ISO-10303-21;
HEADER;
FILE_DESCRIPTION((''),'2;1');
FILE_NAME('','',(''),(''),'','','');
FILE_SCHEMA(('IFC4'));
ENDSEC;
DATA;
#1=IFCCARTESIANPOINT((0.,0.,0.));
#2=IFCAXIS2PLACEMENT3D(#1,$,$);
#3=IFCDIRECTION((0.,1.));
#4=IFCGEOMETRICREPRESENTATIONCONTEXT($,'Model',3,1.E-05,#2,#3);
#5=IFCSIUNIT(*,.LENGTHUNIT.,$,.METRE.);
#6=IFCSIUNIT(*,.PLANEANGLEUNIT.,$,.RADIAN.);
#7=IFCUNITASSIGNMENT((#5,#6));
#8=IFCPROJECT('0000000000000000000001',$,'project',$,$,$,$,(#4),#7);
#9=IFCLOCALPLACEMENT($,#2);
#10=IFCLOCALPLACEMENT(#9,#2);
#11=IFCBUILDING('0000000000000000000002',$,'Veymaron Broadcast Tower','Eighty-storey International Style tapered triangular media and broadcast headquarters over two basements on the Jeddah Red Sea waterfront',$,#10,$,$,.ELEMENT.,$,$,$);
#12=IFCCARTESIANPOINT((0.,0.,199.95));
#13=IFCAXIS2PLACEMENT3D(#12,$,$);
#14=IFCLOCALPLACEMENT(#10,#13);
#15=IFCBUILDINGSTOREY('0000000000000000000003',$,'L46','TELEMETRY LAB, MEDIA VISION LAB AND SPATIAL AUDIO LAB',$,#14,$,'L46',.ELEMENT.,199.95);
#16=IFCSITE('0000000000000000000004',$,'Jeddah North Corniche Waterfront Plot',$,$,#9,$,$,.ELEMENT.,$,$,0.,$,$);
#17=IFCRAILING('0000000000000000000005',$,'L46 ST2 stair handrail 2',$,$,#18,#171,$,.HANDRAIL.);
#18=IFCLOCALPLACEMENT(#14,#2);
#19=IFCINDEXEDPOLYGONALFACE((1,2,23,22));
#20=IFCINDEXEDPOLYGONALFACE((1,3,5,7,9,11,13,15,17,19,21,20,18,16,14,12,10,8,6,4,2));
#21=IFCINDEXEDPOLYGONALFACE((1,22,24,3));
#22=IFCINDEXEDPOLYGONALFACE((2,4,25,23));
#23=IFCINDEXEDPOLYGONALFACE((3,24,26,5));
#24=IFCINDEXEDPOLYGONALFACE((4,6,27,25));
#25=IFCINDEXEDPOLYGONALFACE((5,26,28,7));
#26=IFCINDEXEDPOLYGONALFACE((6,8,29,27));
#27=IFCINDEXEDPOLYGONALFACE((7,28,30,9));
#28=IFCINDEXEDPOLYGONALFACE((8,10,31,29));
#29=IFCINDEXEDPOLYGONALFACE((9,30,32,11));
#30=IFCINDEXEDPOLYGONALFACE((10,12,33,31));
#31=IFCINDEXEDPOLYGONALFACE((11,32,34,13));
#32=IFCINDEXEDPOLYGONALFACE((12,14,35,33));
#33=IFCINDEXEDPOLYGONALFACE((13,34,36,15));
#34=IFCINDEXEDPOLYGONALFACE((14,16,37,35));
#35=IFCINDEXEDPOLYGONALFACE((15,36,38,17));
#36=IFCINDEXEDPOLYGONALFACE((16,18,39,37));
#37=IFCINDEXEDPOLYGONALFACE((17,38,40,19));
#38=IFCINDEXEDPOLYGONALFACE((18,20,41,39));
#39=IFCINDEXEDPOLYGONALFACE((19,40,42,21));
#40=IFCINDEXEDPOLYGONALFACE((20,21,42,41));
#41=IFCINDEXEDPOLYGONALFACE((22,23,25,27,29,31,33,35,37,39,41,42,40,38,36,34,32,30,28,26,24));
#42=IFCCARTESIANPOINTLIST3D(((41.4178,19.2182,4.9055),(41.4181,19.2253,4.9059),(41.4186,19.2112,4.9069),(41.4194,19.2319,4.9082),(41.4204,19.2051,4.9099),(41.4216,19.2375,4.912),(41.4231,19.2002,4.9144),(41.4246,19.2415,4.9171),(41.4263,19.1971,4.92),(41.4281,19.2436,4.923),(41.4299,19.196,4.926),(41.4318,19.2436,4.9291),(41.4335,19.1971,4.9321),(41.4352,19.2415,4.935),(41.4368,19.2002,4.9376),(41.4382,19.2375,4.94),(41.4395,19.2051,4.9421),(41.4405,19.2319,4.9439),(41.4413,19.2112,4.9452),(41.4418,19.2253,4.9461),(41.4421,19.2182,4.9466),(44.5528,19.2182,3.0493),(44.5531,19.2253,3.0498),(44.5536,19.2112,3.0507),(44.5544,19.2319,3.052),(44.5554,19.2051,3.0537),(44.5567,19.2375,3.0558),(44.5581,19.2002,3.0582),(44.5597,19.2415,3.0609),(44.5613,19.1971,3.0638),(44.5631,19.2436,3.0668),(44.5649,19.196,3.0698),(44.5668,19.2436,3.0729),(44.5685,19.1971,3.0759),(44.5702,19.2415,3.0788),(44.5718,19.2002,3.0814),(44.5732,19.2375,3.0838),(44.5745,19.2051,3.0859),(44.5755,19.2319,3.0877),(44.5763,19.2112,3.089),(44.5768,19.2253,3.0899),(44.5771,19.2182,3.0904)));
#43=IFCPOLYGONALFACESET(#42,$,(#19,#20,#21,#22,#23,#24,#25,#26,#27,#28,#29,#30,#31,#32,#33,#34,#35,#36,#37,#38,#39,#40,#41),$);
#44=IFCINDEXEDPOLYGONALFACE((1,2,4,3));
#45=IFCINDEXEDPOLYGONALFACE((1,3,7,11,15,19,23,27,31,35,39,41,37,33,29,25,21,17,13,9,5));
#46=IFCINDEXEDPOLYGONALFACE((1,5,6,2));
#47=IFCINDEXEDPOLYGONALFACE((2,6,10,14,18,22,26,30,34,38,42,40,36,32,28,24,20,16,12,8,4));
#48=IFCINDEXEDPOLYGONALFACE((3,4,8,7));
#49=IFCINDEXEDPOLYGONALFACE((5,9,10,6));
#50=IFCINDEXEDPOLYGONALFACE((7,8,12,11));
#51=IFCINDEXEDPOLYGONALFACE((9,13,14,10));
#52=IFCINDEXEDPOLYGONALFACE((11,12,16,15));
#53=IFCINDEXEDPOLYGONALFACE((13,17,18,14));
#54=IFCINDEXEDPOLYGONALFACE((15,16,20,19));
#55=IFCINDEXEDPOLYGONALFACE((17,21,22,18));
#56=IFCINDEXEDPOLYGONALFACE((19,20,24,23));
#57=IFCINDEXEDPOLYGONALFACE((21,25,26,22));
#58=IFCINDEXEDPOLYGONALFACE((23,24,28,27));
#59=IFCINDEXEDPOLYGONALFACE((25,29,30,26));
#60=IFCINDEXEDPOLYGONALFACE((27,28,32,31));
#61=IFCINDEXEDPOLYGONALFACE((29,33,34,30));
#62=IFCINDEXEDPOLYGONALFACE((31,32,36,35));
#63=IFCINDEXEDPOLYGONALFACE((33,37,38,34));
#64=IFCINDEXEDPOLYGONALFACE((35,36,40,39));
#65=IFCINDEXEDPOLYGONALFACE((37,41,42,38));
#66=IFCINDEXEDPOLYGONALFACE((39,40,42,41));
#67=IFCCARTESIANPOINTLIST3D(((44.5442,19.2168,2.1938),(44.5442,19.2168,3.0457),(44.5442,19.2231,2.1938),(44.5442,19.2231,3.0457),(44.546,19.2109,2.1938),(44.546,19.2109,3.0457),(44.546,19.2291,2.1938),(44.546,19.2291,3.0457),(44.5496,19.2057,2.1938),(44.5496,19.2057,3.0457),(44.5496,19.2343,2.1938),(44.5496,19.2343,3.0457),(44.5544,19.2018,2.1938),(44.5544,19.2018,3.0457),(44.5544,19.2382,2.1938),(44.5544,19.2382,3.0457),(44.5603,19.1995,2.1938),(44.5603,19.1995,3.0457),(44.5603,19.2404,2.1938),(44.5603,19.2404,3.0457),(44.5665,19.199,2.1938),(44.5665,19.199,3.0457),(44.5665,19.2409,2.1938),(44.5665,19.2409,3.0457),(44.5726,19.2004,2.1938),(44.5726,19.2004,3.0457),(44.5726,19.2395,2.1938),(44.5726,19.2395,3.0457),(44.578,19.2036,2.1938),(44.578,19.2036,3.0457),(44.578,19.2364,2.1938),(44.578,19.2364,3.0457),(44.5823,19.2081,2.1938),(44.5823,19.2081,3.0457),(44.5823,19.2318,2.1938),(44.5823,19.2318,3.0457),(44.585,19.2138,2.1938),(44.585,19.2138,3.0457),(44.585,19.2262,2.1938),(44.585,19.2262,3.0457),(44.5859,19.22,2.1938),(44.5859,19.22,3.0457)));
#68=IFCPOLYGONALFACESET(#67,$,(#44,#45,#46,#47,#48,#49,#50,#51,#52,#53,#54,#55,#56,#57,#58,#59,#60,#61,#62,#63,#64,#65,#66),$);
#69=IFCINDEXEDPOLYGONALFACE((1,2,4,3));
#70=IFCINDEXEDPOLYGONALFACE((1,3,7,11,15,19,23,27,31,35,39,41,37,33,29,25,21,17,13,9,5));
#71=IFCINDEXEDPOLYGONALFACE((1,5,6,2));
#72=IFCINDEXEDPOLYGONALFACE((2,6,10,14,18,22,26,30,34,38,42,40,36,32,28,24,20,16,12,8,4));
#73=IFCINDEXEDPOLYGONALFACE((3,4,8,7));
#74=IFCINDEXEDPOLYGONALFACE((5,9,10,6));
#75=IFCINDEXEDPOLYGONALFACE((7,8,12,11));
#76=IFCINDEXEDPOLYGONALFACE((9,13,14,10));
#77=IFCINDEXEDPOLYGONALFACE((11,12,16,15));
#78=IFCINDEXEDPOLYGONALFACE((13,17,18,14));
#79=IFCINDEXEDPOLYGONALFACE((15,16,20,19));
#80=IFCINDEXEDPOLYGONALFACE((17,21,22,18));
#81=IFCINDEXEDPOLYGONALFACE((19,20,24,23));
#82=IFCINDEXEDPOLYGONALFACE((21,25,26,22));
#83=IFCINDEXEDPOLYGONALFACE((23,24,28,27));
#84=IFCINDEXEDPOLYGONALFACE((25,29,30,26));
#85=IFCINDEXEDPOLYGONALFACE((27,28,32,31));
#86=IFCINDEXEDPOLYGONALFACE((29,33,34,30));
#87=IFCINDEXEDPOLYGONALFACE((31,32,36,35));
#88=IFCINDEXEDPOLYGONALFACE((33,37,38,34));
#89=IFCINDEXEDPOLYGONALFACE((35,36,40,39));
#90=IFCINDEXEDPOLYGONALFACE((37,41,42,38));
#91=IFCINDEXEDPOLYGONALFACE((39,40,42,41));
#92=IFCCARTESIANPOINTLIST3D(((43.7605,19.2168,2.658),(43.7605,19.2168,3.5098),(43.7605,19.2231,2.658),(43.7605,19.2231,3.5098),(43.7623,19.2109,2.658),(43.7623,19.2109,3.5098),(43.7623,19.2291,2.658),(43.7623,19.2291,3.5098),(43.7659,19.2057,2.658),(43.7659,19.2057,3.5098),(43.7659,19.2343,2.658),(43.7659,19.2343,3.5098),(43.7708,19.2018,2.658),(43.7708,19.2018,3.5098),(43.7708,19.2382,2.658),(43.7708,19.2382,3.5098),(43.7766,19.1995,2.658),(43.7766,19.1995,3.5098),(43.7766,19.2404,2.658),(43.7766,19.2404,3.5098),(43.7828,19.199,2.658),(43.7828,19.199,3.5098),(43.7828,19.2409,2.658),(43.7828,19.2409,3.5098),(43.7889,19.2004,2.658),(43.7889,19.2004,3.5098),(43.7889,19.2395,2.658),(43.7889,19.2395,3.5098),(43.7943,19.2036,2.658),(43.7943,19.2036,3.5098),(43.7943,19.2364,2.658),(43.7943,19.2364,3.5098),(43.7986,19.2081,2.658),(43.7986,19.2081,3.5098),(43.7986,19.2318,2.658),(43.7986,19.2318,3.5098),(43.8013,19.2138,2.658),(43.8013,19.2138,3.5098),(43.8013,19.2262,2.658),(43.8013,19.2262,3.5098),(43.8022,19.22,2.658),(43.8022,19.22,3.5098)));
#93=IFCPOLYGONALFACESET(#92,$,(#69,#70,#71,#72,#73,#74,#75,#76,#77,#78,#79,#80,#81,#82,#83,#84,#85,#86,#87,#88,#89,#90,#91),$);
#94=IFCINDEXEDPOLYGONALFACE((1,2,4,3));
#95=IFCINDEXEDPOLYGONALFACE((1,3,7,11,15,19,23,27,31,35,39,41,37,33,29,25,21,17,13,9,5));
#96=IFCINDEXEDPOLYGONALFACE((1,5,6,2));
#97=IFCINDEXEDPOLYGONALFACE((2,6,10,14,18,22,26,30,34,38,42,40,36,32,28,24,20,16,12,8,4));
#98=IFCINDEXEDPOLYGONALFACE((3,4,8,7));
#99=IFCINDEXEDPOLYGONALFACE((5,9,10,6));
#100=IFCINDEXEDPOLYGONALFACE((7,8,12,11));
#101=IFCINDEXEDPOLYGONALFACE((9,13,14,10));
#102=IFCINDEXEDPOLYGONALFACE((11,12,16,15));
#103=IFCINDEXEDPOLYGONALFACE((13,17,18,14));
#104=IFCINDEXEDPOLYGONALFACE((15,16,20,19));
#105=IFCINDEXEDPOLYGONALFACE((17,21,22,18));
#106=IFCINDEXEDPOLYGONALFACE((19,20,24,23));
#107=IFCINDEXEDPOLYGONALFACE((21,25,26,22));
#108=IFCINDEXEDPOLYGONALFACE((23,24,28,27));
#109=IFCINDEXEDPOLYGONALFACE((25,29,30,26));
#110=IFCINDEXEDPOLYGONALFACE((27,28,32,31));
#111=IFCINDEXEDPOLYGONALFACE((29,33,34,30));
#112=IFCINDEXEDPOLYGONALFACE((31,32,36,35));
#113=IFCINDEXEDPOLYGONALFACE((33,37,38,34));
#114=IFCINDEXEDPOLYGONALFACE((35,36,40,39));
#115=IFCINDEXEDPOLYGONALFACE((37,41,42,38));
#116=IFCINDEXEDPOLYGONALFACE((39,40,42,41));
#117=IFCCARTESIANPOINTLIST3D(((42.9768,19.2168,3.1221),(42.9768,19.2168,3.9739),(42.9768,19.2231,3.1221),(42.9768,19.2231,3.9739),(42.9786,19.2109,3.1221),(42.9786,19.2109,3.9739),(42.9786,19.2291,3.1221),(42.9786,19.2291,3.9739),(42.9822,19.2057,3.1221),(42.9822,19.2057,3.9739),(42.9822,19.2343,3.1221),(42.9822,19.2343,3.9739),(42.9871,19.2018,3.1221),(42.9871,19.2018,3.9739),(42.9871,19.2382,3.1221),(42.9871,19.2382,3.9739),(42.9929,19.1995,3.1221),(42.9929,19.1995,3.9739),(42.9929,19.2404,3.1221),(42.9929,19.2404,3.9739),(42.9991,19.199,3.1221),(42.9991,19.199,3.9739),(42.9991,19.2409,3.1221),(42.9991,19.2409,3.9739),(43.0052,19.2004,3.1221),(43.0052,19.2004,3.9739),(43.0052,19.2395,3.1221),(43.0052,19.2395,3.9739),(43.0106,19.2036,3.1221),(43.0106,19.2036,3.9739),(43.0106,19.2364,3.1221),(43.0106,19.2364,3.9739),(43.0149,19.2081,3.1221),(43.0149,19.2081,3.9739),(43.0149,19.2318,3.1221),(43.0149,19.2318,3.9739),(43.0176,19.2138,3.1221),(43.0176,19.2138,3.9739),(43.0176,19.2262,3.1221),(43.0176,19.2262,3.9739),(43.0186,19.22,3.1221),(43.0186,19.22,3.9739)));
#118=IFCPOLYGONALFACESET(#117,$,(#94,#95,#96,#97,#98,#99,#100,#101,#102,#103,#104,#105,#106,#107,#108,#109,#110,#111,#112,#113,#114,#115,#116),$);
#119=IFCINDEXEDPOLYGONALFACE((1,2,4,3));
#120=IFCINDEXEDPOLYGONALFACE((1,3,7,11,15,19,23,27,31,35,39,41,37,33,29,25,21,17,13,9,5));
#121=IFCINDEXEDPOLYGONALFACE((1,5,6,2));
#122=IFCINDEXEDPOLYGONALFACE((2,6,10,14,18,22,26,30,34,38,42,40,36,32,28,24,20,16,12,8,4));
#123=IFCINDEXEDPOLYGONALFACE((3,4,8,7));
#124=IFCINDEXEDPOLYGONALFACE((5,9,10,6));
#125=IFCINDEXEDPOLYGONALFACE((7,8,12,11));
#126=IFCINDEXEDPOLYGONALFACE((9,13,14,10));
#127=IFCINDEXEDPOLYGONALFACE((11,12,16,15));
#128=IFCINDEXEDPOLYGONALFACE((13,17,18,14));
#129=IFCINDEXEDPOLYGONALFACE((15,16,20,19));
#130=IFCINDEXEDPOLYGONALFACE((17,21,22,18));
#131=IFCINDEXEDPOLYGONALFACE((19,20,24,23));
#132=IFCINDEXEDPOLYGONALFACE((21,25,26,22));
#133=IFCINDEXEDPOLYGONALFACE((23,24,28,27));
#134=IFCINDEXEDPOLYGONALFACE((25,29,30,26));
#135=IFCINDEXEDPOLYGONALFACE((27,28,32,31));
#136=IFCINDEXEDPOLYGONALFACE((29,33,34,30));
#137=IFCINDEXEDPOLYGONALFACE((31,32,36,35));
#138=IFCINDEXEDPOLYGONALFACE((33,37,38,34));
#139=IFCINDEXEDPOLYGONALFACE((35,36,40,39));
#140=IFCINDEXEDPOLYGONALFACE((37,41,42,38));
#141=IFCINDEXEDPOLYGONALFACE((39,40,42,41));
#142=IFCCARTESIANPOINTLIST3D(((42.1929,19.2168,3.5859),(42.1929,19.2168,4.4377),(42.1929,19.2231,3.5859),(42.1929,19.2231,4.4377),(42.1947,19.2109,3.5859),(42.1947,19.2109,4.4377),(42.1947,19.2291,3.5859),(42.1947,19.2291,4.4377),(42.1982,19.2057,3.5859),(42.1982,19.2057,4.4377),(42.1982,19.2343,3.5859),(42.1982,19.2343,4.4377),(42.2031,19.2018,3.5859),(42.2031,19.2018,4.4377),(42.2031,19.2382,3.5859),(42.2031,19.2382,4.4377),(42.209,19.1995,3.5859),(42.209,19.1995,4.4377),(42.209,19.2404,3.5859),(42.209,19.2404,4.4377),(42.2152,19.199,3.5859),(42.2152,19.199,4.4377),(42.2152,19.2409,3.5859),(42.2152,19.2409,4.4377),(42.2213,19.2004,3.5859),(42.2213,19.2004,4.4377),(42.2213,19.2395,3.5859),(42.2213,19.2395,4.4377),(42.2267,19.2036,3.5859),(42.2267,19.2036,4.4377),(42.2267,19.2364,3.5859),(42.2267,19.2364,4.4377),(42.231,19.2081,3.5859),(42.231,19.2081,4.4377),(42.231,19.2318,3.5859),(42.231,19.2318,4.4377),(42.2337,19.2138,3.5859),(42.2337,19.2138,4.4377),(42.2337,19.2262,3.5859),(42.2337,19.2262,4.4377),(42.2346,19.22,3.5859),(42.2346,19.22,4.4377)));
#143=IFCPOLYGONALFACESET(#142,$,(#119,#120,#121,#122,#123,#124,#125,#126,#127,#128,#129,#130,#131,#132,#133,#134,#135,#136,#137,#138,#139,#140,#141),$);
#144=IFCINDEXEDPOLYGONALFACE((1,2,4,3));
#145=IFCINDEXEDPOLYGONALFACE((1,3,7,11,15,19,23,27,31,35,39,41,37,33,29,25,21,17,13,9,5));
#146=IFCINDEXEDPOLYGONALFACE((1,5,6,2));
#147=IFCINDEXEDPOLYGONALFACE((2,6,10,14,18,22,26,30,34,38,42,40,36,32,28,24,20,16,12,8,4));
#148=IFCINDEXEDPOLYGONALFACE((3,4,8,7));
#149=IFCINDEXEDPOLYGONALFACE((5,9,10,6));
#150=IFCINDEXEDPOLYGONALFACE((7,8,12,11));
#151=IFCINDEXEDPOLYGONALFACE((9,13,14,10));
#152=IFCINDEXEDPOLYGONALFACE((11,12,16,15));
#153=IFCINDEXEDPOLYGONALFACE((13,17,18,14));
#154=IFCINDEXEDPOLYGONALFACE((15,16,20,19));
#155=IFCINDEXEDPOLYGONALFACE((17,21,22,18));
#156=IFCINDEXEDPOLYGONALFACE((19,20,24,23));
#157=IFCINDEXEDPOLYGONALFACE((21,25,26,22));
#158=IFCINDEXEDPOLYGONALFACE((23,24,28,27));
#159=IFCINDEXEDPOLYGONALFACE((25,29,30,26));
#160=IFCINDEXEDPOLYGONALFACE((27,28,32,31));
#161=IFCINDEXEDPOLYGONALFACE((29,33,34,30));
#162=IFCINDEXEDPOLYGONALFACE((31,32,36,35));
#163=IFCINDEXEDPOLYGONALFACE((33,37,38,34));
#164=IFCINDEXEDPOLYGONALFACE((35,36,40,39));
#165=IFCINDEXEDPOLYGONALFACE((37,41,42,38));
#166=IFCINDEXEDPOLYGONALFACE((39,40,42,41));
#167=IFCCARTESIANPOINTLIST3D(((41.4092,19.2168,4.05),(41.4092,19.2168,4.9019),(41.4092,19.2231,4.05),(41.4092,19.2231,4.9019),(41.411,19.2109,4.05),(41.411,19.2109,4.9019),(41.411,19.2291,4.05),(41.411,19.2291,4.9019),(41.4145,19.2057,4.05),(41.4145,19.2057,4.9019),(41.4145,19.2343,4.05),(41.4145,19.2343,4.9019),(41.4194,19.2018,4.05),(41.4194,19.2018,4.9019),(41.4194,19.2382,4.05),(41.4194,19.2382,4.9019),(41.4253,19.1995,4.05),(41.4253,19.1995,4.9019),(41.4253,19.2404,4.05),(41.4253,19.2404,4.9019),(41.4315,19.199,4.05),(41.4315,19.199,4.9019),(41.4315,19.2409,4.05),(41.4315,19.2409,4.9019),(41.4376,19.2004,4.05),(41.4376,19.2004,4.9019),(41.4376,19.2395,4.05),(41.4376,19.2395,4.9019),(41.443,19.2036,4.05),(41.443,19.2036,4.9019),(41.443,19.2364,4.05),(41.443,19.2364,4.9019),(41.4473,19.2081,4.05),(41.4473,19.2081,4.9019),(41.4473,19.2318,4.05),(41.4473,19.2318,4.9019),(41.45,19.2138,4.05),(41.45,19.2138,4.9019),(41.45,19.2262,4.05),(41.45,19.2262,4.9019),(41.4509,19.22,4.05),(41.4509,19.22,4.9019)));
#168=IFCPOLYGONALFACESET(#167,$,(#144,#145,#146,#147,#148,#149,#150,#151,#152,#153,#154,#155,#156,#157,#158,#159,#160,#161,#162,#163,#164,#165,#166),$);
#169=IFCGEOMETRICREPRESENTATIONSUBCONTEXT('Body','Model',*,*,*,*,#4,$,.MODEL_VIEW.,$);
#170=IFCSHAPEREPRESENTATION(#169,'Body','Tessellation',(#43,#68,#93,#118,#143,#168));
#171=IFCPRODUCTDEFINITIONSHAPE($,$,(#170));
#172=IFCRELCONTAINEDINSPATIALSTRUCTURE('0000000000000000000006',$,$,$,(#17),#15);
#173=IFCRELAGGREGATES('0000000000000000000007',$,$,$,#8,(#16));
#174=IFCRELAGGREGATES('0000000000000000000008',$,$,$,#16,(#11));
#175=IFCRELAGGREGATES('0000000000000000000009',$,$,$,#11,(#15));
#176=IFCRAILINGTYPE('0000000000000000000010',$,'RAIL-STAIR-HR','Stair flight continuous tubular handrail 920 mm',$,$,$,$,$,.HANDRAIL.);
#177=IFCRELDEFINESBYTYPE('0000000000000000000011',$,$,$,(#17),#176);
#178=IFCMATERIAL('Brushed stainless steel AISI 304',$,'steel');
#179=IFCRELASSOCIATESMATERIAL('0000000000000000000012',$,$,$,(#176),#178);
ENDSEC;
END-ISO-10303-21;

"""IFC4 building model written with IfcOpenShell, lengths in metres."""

from ifc_helpers import new_model, si_unit, direction, frame, origin, origin_2d, place, context, subcontext, project, spatial, circle, extrude, material, type_object, element, save


model = new_model("IFC4")

# Units and contexts
model_context = context("Model", 3, precision=1e-05, world=origin(), true_north=direction((0.0, 1.0)))
body_context = subcontext(model_context, "Body", "Model", "MODEL_VIEW")
ifc_project = project(units=[si_unit("LENGTHUNIT", "METRE"), si_unit("PLANEANGLEUNIT", "RADIAN")], contexts=[model_context])

# Site, building, storey
site_placement = place(None, origin())
site = spatial("IfcSite", under=ifc_project, at=site_placement, Name="Jeddah North Corniche Waterfront Plot", CompositionType="ELEMENT", RefElevation=0.0)
building_placement = place(site_placement, origin())
building = spatial("IfcBuilding", under=site, at=building_placement, Name="Veymaron Broadcast Tower", Description="Eighty-storey International Style tapered triangular media and broadcast headquarters over two basements on the Jeddah Red Sea waterfront", CompositionType="ELEMENT")
storey_placement = place(building_placement, frame((0.0, 0.0, 199.95)))
storey = spatial("IfcBuildingStorey", under=building, at=storey_placement, Name="L46", Description="TELEMETRY LAB, MEDIA VISION LAB AND SPATIAL AUDIO LAB", LongName="L46", CompositionType="ELEMENT", Elevation=199.95)

# Shared definitions
ifc_material_1 = material(Name="Brushed stainless steel AISI 304", Category="steel")

# Railing
railing_type_1 = type_object("IfcRailingType", Name="RAIL-STAIR-HR", Description="Stair flight continuous tubular handrail 920 mm", PredefinedType="HANDRAIL", material=ifc_material_1)
railing_1_placement = place(storey_placement, frame((44.5649, 19.22, 2.1938)))
element("IfcRailing", 1, at=railing_1_placement, inside=storey, type_object=railing_type_1, Name="L46 ST2 stair handrail 2", PredefinedType="HANDRAIL", context=body_context, shape_type="SweptSolid", body=[
    extrude(circle(Radius=0.0239, at=origin_2d()), frame((0.0, 0.0, 0.876), z_axis=(-0.860482, 0.0, 0.509481), x_axis=(0.0, -1.0, 0.0)), (0.0, 0.0, 1.0), 3.6433),
    extrude(circle(Radius=0.021, at=origin_2d()), origin(), (0.0, 0.0, 1.0), 0.8518),
    extrude(circle(Radius=0.021, at=origin_2d()), frame((-0.7837, 0.0, 0.4641)), (0.0, 0.0, 1.0), 0.8518),
    extrude(circle(Radius=0.021, at=origin_2d()), frame((-1.5674, 0.0, 0.9282)), (0.0, 0.0, 1.0), 0.8518),
    extrude(circle(Radius=0.021, at=origin_2d()), frame((-2.3513, 0.0, 1.3921)), (0.0, 0.0, 1.0), 0.8518),
    extrude(circle(Radius=0.021, at=origin_2d()), frame((-3.135, 0.0, 1.8562)), (0.0, 0.0, 1.0), 0.8518),
])

save(model, "model.ifc")
